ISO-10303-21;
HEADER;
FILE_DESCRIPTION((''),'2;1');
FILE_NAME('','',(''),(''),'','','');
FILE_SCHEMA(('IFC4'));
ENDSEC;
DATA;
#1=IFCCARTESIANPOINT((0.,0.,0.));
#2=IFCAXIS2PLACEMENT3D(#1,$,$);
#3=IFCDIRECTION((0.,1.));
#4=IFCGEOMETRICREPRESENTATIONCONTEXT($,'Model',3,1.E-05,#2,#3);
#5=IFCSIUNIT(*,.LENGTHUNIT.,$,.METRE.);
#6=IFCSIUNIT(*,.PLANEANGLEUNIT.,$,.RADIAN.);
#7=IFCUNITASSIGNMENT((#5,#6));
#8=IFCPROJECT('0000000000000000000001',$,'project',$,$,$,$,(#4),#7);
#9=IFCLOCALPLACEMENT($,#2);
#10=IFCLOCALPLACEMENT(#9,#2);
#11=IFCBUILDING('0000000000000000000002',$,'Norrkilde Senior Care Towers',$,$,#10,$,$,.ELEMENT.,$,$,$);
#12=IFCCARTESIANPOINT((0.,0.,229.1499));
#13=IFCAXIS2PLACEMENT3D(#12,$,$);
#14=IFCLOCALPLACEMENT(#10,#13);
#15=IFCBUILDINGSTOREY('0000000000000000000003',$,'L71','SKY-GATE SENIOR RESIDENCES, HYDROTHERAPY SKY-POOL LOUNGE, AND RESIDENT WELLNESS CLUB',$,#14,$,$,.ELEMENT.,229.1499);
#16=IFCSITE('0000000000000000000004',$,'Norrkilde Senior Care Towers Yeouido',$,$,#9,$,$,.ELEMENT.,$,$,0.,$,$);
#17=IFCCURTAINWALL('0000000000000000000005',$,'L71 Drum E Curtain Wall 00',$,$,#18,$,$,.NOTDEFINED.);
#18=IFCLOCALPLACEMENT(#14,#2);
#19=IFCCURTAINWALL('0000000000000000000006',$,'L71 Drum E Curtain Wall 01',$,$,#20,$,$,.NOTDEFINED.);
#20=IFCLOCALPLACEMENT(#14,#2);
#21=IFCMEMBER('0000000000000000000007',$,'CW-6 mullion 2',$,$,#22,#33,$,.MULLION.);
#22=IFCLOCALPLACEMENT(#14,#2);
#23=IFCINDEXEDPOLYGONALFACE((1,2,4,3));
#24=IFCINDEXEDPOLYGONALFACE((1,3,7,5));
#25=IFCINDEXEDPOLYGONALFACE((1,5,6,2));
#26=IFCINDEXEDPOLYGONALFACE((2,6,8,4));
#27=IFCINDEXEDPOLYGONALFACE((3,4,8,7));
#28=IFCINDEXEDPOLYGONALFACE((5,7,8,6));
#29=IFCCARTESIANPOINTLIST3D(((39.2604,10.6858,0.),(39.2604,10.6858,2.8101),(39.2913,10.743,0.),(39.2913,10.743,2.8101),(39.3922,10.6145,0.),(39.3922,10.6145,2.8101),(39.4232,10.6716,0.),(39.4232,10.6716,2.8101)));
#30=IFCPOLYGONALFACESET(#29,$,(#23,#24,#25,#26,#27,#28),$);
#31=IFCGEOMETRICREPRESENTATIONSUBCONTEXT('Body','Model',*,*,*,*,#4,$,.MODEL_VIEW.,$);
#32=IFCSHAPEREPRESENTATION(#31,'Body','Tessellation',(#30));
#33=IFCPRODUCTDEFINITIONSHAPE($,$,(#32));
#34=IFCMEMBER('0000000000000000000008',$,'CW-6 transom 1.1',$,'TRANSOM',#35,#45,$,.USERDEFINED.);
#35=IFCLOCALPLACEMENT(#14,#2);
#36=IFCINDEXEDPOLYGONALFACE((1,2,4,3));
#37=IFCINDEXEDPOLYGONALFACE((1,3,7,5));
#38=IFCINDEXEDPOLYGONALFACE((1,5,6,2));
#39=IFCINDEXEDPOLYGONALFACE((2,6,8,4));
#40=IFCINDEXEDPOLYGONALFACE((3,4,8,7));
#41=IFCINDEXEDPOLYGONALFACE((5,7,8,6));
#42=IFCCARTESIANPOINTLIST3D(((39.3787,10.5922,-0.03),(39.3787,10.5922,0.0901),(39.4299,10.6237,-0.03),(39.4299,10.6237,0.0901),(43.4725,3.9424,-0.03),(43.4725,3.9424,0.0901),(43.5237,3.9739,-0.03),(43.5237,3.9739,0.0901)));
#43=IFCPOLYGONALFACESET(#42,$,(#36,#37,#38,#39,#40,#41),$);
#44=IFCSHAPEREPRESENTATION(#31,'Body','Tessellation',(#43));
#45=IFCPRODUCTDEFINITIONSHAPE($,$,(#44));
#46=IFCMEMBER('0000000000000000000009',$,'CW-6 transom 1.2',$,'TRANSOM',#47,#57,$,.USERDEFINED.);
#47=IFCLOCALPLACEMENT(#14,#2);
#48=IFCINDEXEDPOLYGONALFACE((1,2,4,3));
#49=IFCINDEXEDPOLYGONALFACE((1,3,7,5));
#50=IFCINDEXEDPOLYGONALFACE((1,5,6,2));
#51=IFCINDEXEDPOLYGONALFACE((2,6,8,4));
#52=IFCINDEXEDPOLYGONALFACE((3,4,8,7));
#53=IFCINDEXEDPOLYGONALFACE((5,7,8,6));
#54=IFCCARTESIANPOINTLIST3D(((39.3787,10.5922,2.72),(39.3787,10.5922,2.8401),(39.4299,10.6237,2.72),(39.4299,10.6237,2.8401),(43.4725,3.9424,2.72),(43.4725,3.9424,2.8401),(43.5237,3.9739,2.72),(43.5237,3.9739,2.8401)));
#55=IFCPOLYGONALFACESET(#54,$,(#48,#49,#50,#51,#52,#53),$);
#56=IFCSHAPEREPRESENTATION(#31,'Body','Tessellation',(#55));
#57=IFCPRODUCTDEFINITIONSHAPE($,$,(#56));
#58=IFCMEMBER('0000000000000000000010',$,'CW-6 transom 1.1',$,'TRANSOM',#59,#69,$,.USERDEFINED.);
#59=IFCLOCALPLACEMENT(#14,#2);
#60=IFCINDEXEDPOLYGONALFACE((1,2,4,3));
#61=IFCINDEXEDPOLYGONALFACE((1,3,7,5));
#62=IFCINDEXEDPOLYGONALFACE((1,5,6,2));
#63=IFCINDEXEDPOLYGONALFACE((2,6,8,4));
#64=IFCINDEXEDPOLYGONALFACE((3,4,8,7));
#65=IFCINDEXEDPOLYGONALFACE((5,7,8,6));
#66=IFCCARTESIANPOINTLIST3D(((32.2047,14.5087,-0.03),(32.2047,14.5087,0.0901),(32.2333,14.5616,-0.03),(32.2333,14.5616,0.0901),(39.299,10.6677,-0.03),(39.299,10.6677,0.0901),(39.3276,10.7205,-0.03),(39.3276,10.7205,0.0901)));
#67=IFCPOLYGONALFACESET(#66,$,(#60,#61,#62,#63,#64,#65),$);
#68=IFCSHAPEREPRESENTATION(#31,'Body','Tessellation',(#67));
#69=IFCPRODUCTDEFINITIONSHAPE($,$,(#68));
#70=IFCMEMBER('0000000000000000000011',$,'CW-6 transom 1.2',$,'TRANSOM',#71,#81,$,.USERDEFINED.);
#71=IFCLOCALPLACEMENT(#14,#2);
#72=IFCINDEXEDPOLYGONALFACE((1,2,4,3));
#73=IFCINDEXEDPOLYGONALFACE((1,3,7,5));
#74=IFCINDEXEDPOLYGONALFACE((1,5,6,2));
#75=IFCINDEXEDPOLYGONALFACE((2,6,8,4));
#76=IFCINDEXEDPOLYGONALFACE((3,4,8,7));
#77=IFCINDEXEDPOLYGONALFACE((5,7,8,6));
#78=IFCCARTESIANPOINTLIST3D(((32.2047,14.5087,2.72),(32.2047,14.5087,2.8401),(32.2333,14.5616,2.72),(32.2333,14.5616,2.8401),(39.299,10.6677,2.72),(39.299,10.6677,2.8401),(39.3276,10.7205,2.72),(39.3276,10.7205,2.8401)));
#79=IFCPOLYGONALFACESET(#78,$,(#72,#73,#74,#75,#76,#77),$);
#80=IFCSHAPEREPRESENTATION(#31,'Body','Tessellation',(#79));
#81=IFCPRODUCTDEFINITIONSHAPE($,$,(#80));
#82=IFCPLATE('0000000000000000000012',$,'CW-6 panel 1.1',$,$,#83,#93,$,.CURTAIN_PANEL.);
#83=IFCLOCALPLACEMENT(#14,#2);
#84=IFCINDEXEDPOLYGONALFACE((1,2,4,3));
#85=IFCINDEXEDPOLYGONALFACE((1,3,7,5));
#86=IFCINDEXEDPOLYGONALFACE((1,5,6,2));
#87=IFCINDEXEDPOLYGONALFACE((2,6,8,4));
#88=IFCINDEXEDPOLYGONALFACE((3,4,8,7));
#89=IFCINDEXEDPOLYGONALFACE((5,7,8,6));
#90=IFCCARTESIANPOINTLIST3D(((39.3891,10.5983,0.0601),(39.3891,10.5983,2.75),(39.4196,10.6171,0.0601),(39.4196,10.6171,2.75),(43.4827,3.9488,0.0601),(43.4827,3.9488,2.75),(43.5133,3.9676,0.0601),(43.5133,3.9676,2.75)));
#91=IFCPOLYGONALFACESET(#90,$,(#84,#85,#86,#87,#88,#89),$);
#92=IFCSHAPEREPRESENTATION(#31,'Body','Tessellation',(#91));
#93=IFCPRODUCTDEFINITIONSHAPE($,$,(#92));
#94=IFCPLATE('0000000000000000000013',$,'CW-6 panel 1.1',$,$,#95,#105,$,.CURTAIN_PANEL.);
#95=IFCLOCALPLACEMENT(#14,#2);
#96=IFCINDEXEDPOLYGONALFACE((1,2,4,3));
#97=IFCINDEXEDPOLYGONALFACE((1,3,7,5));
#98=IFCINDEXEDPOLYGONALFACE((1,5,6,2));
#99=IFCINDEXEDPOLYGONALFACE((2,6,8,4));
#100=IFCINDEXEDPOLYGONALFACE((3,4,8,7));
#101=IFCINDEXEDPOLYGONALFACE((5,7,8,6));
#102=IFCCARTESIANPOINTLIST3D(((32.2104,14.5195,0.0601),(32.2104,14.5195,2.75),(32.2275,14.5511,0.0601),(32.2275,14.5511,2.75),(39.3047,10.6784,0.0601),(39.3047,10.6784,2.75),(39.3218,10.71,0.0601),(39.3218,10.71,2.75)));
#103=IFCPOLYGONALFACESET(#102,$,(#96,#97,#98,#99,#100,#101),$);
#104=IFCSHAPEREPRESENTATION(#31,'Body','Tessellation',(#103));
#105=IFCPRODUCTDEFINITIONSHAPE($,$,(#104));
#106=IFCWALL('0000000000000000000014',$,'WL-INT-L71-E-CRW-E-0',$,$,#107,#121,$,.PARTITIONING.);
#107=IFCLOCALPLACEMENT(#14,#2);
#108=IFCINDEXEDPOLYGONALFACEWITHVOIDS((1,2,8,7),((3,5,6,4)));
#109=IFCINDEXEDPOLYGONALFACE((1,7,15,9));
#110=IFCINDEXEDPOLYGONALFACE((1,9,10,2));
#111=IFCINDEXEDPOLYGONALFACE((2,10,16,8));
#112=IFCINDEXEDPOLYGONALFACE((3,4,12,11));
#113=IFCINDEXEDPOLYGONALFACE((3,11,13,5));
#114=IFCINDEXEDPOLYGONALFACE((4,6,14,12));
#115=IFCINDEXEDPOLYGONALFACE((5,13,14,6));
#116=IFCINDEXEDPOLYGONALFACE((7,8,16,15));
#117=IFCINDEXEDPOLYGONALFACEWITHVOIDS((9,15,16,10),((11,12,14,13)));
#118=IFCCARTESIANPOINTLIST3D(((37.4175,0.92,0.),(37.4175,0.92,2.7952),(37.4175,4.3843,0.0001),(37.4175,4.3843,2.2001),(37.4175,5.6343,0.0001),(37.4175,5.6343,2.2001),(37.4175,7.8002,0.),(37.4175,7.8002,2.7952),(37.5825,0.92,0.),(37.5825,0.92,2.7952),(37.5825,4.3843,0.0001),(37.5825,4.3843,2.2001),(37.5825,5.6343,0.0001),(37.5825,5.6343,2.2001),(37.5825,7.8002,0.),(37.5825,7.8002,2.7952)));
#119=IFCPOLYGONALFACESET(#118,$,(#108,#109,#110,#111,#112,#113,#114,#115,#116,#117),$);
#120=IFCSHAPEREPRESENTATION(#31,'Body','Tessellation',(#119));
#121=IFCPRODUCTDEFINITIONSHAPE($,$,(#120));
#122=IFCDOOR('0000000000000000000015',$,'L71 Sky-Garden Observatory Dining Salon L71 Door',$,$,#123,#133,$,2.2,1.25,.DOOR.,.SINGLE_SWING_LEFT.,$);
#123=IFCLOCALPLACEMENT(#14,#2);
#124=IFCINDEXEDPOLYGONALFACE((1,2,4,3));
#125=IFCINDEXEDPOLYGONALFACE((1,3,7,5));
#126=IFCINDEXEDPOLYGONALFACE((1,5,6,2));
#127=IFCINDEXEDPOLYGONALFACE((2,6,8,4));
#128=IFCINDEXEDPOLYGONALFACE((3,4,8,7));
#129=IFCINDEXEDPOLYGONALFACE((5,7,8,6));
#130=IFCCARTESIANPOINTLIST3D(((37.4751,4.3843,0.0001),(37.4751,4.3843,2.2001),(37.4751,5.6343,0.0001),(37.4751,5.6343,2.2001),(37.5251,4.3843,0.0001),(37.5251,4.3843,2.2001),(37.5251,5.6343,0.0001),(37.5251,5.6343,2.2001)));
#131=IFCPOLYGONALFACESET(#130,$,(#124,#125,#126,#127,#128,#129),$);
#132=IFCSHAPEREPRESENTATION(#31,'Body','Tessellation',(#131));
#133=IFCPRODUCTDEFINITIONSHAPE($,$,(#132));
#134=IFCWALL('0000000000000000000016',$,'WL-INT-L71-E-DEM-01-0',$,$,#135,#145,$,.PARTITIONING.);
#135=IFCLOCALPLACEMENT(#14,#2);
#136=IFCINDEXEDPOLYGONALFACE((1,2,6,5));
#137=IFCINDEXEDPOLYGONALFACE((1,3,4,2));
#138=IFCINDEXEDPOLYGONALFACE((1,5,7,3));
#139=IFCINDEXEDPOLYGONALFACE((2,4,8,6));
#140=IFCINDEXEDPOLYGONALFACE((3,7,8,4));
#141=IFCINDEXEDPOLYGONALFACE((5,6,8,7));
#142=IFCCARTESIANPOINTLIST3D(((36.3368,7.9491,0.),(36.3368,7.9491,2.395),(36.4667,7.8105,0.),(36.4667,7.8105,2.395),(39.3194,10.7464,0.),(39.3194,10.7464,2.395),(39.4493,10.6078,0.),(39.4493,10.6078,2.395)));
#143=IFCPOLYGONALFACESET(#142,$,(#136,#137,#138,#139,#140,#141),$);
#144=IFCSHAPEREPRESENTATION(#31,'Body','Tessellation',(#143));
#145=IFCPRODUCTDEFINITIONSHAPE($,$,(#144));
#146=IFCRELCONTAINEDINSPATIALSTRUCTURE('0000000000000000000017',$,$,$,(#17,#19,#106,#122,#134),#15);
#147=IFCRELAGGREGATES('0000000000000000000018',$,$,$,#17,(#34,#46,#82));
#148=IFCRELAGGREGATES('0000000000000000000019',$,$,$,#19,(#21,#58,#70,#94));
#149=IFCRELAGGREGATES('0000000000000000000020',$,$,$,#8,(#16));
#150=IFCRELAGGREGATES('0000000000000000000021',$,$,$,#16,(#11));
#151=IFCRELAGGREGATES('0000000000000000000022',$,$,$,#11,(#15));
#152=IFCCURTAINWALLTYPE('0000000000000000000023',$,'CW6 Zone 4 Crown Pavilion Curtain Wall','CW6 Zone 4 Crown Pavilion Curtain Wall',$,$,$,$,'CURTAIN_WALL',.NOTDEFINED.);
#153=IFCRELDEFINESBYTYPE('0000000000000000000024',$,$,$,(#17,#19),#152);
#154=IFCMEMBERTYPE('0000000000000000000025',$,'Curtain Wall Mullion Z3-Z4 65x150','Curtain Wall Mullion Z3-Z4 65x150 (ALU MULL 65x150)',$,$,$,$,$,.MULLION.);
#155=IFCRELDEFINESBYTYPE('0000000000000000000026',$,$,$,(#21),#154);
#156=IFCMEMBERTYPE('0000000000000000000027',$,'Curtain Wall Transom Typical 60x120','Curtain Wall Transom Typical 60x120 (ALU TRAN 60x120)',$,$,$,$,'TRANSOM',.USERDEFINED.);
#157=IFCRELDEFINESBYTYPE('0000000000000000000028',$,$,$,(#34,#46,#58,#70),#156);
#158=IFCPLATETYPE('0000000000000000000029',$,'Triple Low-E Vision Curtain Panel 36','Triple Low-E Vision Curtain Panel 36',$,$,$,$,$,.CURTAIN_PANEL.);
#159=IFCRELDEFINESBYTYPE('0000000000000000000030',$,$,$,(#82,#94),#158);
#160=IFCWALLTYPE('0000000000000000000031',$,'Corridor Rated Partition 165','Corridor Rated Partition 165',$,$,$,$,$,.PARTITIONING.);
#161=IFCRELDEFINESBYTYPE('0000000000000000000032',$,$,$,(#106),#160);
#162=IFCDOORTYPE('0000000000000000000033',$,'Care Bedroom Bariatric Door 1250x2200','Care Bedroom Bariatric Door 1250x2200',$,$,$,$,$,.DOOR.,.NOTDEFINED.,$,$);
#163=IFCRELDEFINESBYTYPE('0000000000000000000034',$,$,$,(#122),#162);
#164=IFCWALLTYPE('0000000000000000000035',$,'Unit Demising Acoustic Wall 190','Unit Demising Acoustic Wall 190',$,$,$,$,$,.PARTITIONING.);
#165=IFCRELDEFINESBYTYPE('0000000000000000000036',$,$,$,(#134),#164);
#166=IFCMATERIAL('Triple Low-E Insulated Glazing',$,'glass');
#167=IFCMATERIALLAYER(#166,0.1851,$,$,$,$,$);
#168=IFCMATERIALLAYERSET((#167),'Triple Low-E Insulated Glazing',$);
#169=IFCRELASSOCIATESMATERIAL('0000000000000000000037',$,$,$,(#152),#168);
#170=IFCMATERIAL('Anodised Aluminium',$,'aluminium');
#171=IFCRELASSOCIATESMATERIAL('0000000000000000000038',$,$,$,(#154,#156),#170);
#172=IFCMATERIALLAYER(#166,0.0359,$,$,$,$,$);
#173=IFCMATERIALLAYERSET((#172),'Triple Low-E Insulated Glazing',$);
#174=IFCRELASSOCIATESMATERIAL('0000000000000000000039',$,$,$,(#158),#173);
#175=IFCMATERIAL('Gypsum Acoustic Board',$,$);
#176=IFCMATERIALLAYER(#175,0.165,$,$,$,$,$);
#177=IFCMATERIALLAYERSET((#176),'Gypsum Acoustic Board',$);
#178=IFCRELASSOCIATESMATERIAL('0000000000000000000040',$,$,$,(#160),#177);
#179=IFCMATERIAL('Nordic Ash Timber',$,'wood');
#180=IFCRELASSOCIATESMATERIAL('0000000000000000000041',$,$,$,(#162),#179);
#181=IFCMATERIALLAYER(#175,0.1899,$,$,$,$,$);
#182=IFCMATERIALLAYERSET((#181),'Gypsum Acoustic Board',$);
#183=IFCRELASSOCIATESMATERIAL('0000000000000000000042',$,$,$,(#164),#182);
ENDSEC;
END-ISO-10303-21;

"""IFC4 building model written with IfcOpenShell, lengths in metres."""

from ifc_helpers import new_model, si_unit, direction, frame, frame_2d, origin, origin_2d, place, context, subcontext, project, spatial, rectangle, extrude, source, transform, mapped, material, layer, layer_set, material_profile, profile_set, type_object, type_shapes, element, fill, aggregate, save


model = new_model("IFC4")

# Units and contexts
model_context = context("Model", 3, precision=1e-05, world=origin(), true_north=direction((0.0, 1.0)))
body_context = subcontext(model_context, "Body", "Model", "MODEL_VIEW")
ifc_project = project(units=[si_unit("LENGTHUNIT", "METRE"), si_unit("PLANEANGLEUNIT", "RADIAN")], contexts=[model_context])

# Site, building, storey
site_placement = place(None, origin())
site = spatial("IfcSite", under=ifc_project, at=site_placement, Name="Norrkilde Senior Care Towers Yeouido", CompositionType="ELEMENT", RefElevation=0.0)
building_placement = place(site_placement, origin())
building = spatial("IfcBuilding", under=site, at=building_placement, Name="Norrkilde Senior Care Towers", CompositionType="ELEMENT")
storey_placement = place(building_placement, frame((0.0, 0.0, 229.1499)))
storey = spatial("IfcBuildingStorey", under=building, at=storey_placement, Name="L71", Description="SKY-GATE SENIOR RESIDENCES, HYDROTHERAPY SKY-POOL LOUNGE, AND RESIDENT WELLNESS CLUB", CompositionType="ELEMENT", Elevation=229.1499)

# Curtain walls, member
ifc_material_1 = material(Name="Triple Low-E Insulated Glazing", Category="glass")
ifc_layer_1 = layer(ifc_material_1, 0.1851)
ifc_layer_set_1 = layer_set([ifc_layer_1], Name="Triple Low-E Insulated Glazing")
curtain_wall_type = type_object("IfcCurtainWallType", Name="CW6 Zone 4 Crown Pavilion Curtain Wall", Description="CW6 Zone 4 Crown Pavilion Curtain Wall", ElementType="CURTAIN_WALL", PredefinedType="NOTDEFINED", material=ifc_layer_set_1)
curtain_wall_1_placement = place(storey_placement, origin())
curtain_wall_1 = element("IfcCurtainWall", 1, at=curtain_wall_1_placement, inside=storey, type_object=curtain_wall_type, Name="L71 Drum E Curtain Wall 00", PredefinedType="NOTDEFINED")
ifc_material_2 = material(Name="Anodised Aluminium", Category="aluminium")
ifc_material_profile_1 = material_profile(ifc_material_2, rectangle(XDim=0.0649, YDim=0.1499, at=origin_2d()), Name="ALU MULL 65x150")
ifc_profile_set_1 = profile_set([ifc_material_profile_1], Name="Anodised Aluminium")
member_type_1 = type_object("IfcMemberType", Name="Curtain Wall Mullion Z3-Z4 65x150", Description="Curtain Wall Mullion Z3-Z4 65x150 (ALU MULL 65x150)", PredefinedType="MULLION", material=ifc_profile_set_1)
shared_shape_1 = source(origin(), body_context, "Body", "SweptSolid", [
    extrude(rectangle(XDim=0.0649, YDim=0.1499, at=origin_2d()), origin(), (0.0, 0.0, 1.0), 2.8101),
])
type_shapes(member_type_1, [shared_shape_1])
curtain_wall_2_placement = place(storey_placement, origin())
curtain_wall_2 = element("IfcCurtainWall", 2, at=curtain_wall_2_placement, inside=storey, type_object=curtain_wall_type, Name="L71 Drum E Curtain Wall 01", PredefinedType="NOTDEFINED")
member_1_placement = place(storey_placement, frame((39.3418, 10.6787, 0.0), z_axis=(0.0, 0.0, 1.0), x_axis=(0.476133, 0.879373, 0.0)))
member_1 = element("IfcMember", 3, at=member_1_placement, type_object=member_type_1, Name="CW-6 mullion 2", PredefinedType="MULLION", context=body_context, shape_type="MappedRepresentation", body=[
    mapped(shared_shape_1, transform((0.0, 0.0, 0.0), x_axis=(1.0, 0.0, 0.0), y_axis=(0.0, 1.0, 0.0), z_axis=(0.0, 0.0, 1.0), scale=1.0)),
])

# Members
ifc_material_profile_2 = material_profile(ifc_material_2, rectangle(XDim=0.0601, YDim=0.1201, at=origin_2d()), Name="ALU TRAN 60x120")
ifc_profile_set_2 = profile_set([ifc_material_profile_2], Name="Anodised Aluminium")
member_type_2 = type_object("IfcMemberType", Name="Curtain Wall Transom Typical 60x120", Description="Curtain Wall Transom Typical 60x120 (ALU TRAN 60x120)", ElementType="TRANSOM", PredefinedType="USERDEFINED", material=ifc_profile_set_2)
shared_shape_2 = source(origin(), body_context, "Body", "SweptSolid", [
    extrude(rectangle(XDim=0.0601, YDim=0.1201, at=origin_2d()), origin(), (0.0, 0.0, 1.0), 7.8088),
])
member_2_placement = place(storey_placement, frame((39.4043, 10.6079, 0.03), z_axis=(0.524251, -0.851564, 0.0), x_axis=(0.851564, 0.524251, 0.0)))
member_2 = element("IfcMember", 4, at=member_2_placement, type_object=member_type_2, Name="CW-6 transom 1.1", ObjectType="TRANSOM", PredefinedType="USERDEFINED", context=body_context, shape_type="MappedRepresentation", body=[
    mapped(shared_shape_2, transform((0.0, 0.0, 0.0), x_axis=(1.0, 0.0, 0.0), y_axis=(0.0, 1.0, 0.0), z_axis=(0.0, 0.0, 1.0), scale=1.0)),
])
member_3_placement = place(storey_placement, frame((39.4043, 10.6079, 2.78), z_axis=(0.524251, -0.851564, 0.0), x_axis=(0.851564, 0.524251, 0.0)))
member_3 = element("IfcMember", 5, at=member_3_placement, type_object=member_type_2, Name="CW-6 transom 1.2", ObjectType="TRANSOM", PredefinedType="USERDEFINED", context=body_context, shape_type="MappedRepresentation", body=[
    mapped(shared_shape_2, transform((0.0, 0.0, 0.0), x_axis=(1.0, 0.0, 0.0), y_axis=(0.0, 1.0, 0.0), z_axis=(0.0, 0.0, 1.0), scale=1.0)),
])
shared_shape_3 = source(origin(), body_context, "Body", "SweptSolid", [
    extrude(rectangle(XDim=0.0601, YDim=0.1201, at=origin_2d()), origin(), (0.0, 0.0, 1.0), 8.0674),
])
type_shapes(member_type_2, [shared_shape_2, shared_shape_3])
member_4_placement = place(storey_placement, frame((32.219, 14.5352, 0.03), z_axis=(0.879378, -0.476125, 0.0), x_axis=(0.476125, 0.879378, 0.0)))
member_4 = element("IfcMember", 6, at=member_4_placement, type_object=member_type_2, Name="CW-6 transom 1.1", ObjectType="TRANSOM", PredefinedType="USERDEFINED", context=body_context, shape_type="MappedRepresentation", body=[
    mapped(shared_shape_3, transform((0.0, 0.0, 0.0), x_axis=(1.0, 0.0, 0.0), y_axis=(0.0, 1.0, 0.0), z_axis=(0.0, 0.0, 1.0), scale=1.0)),
])
member_5_placement = place(storey_placement, frame((32.219, 14.5352, 2.78), z_axis=(0.879378, -0.476125, 0.0), x_axis=(0.476125, 0.879378, 0.0)))
member_5 = element("IfcMember", 7, at=member_5_placement, type_object=member_type_2, Name="CW-6 transom 1.2", ObjectType="TRANSOM", PredefinedType="USERDEFINED", context=body_context, shape_type="MappedRepresentation", body=[
    mapped(shared_shape_3, transform((0.0, 0.0, 0.0), x_axis=(1.0, 0.0, 0.0), y_axis=(0.0, 1.0, 0.0), z_axis=(0.0, 0.0, 1.0), scale=1.0)),
])

# Plates
ifc_layer_2 = layer(ifc_material_1, 0.0359)
ifc_layer_set_2 = layer_set([ifc_layer_2], Name="Triple Low-E Insulated Glazing")
plate_type = type_object("IfcPlateType", Name="Triple Low-E Vision Curtain Panel 36", Description="Triple Low-E Vision Curtain Panel 36", PredefinedType="CURTAIN_PANEL", material=ifc_layer_set_2)
shared_shape_4 = source(origin(), body_context, "Body", "SweptSolid", [
    extrude(rectangle(XDim=7.8086, YDim=0.0359, at=origin_2d()), origin(), (0.0, 0.0, 1.0), 2.6899),
])
plate_1_placement = place(storey_placement, frame((41.4512, 7.283, 0.0601), z_axis=(0.0, 0.0, 1.0), x_axis=(0.524253, -0.851563, 0.0)))
plate_1 = element("IfcPlate", 8, at=plate_1_placement, type_object=plate_type, Name="CW-6 panel 1.1", PredefinedType="CURTAIN_PANEL", context=body_context, shape_type="MappedRepresentation", body=[
    mapped(shared_shape_4, transform((0.0, 0.0, 0.0), x_axis=(1.0, 0.0, 0.0), y_axis=(0.0, 1.0, 0.0), z_axis=(0.0, 0.0, 1.0), scale=1.0)),
])
aggregate(curtain_wall_1, [member_2, member_3, plate_1])
shared_shape_5 = source(origin(), body_context, "Body", "SweptSolid", [
    extrude(rectangle(XDim=8.0674, YDim=0.0359, at=origin_2d()), origin(), (0.0, 0.0, 1.0), 2.6899),
])
type_shapes(plate_type, [shared_shape_4, shared_shape_5])
plate_2_placement = place(storey_placement, frame((35.7661, 12.6147, 0.0601), z_axis=(0.0, 0.0, 1.0), x_axis=(0.879373, -0.476133, 0.0)))
plate_2 = element("IfcPlate", 9, at=plate_2_placement, type_object=plate_type, Name="CW-6 panel 1.1", PredefinedType="CURTAIN_PANEL", context=body_context, shape_type="MappedRepresentation", body=[
    mapped(shared_shape_5, transform((0.0, 0.0, 0.0), x_axis=(1.0, 0.0, 0.0), y_axis=(0.0, 1.0, 0.0), z_axis=(0.0, 0.0, 1.0), scale=1.0)),
])
aggregate(curtain_wall_2, [member_1, member_4, member_5, plate_2])

# Wall, opening, door
ifc_material_3 = material(Name="Gypsum Acoustic Board")
ifc_layer_3 = layer(ifc_material_3, 0.165)
ifc_layer_set_3 = layer_set([ifc_layer_3], Name="Gypsum Acoustic Board")
wall_type_1 = type_object("IfcWallType", Name="Corridor Rated Partition 165", Description="Corridor Rated Partition 165", PredefinedType="PARTITIONING", material=ifc_layer_set_3)
shared_shape_6 = source(origin(), body_context, "Body", "SweptSolid", [
    extrude(rectangle(XDim=6.8801, YDim=0.165, at=frame_2d((3.4399, 0.0))), origin(), (0.0, 0.0, 1.0), 2.7952),
])
type_shapes(wall_type_1, [shared_shape_6])
wall_1_placement = place(storey_placement, frame((37.5, 7.8, 0.0), z_axis=(0.0, 0.0, 1.0), x_axis=(0.0, -1.0, 0.0)))
wall_1 = element("IfcWall", 10, at=wall_1_placement, inside=storey, type_object=wall_type_1, Name="WL-INT-L71-E-CRW-E-0", PredefinedType="PARTITIONING", context=body_context, shape_type="MappedRepresentation", body=[
    mapped(shared_shape_6, transform((0.0, 0.0, 0.0), x_axis=(1.0, 0.0, 0.0), y_axis=(0.0, 1.0, 0.0), z_axis=(0.0, 0.0, 1.0), scale=1.0)),
])
opening_1_placement = place(wall_1_placement, frame((2.1658, 0.0, 0.0)))
opening_1 = element("IfcOpeningElement", 11, at=opening_1_placement, cuts=wall_1, PredefinedType="OPENING", context=body_context, shape_type="SweptSolid", body=[
    extrude(rectangle(XDim=1.25, YDim=2.2, at=frame_2d((0.625, 1.1001))), frame((0.0, 0.0925, 0.0), z_axis=(0.0, -1.0, 0.0), x_axis=(1.0, 0.0, 0.0)), (0.0, 0.0, 1.0), 0.1851),
])
ifc_material_4 = material(Name="Nordic Ash Timber", Category="wood")
door_type_1 = type_object("IfcDoorType", Name="Care Bedroom Bariatric Door 1250x2200", Description="Care Bedroom Bariatric Door 1250x2200", OperationType="NOTDEFINED", PredefinedType="DOOR", material=ifc_material_4)
shared_shape_7 = source(origin(), body_context, "Body", "SweptSolid", [
    extrude(rectangle(XDim=1.25, YDim=2.2, at=frame_2d((0.625, 1.1001))), frame((0.0, 0.0249, 0.0), z_axis=(0.0, -1.0, 0.0), x_axis=(1.0, 0.0, 0.0)), (0.0, 0.0, 1.0), 0.05),
])
type_shapes(door_type_1, [shared_shape_7])
door_1_placement = place(opening_1_placement, frame((1.25, 0.0, 0.0), z_axis=(0.0, 0.0, 1.0), x_axis=(-1.0, 0.0, 0.0)))
door_1 = element("IfcDoor", 12, at=door_1_placement, inside=storey, type_object=door_type_1, Name="L71 Sky-Garden Observatory Dining Salon L71 Door", OperationType="SINGLE_SWING_LEFT", OverallHeight=2.2, OverallWidth=1.25, PredefinedType="DOOR", context=body_context, shape_type="MappedRepresentation", body=[
    mapped(shared_shape_7, transform((0.0, 0.0, 0.0), x_axis=(1.0, 0.0, 0.0), y_axis=(0.0, 1.0, 0.0), z_axis=(0.0, 0.0, 1.0), scale=1.0)),
])
fill(opening_1, door_1)

# Wall
ifc_layer_4 = layer(ifc_material_3, 0.1899)
ifc_layer_set_4 = layer_set([ifc_layer_4], Name="Gypsum Acoustic Board")
wall_type_2 = type_object("IfcWallType", Name="Unit Demising Acoustic Wall 190", Description="Unit Demising Acoustic Wall 190", PredefinedType="PARTITIONING", material=ifc_layer_set_4)
shared_shape_8 = source(origin(), body_context, "Body", "SweptSolid", [
    extrude(rectangle(XDim=4.0891, YDim=0.1899, at=frame_2d((2.0444, 0.0))), origin(), (0.0, 0.0, 1.0), 2.395),
])
type_shapes(wall_type_2, [shared_shape_8])
wall_2_placement = place(storey_placement, frame((36.4019, 7.8799, 0.0), z_axis=(0.0, 0.0, 1.0), x_axis=(0.729401, 0.684086, 0.0)))
element("IfcWall", 13, at=wall_2_placement, inside=storey, type_object=wall_type_2, Name="WL-INT-L71-E-DEM-01-0", PredefinedType="PARTITIONING", context=body_context, shape_type="MappedRepresentation", body=[
    mapped(shared_shape_8, transform((0.0, 0.0, 0.0), x_axis=(1.0, 0.0, 0.0), y_axis=(0.0, 1.0, 0.0), z_axis=(0.0, 0.0, 1.0), scale=1.0)),
])

save(model, "model.ifc")
